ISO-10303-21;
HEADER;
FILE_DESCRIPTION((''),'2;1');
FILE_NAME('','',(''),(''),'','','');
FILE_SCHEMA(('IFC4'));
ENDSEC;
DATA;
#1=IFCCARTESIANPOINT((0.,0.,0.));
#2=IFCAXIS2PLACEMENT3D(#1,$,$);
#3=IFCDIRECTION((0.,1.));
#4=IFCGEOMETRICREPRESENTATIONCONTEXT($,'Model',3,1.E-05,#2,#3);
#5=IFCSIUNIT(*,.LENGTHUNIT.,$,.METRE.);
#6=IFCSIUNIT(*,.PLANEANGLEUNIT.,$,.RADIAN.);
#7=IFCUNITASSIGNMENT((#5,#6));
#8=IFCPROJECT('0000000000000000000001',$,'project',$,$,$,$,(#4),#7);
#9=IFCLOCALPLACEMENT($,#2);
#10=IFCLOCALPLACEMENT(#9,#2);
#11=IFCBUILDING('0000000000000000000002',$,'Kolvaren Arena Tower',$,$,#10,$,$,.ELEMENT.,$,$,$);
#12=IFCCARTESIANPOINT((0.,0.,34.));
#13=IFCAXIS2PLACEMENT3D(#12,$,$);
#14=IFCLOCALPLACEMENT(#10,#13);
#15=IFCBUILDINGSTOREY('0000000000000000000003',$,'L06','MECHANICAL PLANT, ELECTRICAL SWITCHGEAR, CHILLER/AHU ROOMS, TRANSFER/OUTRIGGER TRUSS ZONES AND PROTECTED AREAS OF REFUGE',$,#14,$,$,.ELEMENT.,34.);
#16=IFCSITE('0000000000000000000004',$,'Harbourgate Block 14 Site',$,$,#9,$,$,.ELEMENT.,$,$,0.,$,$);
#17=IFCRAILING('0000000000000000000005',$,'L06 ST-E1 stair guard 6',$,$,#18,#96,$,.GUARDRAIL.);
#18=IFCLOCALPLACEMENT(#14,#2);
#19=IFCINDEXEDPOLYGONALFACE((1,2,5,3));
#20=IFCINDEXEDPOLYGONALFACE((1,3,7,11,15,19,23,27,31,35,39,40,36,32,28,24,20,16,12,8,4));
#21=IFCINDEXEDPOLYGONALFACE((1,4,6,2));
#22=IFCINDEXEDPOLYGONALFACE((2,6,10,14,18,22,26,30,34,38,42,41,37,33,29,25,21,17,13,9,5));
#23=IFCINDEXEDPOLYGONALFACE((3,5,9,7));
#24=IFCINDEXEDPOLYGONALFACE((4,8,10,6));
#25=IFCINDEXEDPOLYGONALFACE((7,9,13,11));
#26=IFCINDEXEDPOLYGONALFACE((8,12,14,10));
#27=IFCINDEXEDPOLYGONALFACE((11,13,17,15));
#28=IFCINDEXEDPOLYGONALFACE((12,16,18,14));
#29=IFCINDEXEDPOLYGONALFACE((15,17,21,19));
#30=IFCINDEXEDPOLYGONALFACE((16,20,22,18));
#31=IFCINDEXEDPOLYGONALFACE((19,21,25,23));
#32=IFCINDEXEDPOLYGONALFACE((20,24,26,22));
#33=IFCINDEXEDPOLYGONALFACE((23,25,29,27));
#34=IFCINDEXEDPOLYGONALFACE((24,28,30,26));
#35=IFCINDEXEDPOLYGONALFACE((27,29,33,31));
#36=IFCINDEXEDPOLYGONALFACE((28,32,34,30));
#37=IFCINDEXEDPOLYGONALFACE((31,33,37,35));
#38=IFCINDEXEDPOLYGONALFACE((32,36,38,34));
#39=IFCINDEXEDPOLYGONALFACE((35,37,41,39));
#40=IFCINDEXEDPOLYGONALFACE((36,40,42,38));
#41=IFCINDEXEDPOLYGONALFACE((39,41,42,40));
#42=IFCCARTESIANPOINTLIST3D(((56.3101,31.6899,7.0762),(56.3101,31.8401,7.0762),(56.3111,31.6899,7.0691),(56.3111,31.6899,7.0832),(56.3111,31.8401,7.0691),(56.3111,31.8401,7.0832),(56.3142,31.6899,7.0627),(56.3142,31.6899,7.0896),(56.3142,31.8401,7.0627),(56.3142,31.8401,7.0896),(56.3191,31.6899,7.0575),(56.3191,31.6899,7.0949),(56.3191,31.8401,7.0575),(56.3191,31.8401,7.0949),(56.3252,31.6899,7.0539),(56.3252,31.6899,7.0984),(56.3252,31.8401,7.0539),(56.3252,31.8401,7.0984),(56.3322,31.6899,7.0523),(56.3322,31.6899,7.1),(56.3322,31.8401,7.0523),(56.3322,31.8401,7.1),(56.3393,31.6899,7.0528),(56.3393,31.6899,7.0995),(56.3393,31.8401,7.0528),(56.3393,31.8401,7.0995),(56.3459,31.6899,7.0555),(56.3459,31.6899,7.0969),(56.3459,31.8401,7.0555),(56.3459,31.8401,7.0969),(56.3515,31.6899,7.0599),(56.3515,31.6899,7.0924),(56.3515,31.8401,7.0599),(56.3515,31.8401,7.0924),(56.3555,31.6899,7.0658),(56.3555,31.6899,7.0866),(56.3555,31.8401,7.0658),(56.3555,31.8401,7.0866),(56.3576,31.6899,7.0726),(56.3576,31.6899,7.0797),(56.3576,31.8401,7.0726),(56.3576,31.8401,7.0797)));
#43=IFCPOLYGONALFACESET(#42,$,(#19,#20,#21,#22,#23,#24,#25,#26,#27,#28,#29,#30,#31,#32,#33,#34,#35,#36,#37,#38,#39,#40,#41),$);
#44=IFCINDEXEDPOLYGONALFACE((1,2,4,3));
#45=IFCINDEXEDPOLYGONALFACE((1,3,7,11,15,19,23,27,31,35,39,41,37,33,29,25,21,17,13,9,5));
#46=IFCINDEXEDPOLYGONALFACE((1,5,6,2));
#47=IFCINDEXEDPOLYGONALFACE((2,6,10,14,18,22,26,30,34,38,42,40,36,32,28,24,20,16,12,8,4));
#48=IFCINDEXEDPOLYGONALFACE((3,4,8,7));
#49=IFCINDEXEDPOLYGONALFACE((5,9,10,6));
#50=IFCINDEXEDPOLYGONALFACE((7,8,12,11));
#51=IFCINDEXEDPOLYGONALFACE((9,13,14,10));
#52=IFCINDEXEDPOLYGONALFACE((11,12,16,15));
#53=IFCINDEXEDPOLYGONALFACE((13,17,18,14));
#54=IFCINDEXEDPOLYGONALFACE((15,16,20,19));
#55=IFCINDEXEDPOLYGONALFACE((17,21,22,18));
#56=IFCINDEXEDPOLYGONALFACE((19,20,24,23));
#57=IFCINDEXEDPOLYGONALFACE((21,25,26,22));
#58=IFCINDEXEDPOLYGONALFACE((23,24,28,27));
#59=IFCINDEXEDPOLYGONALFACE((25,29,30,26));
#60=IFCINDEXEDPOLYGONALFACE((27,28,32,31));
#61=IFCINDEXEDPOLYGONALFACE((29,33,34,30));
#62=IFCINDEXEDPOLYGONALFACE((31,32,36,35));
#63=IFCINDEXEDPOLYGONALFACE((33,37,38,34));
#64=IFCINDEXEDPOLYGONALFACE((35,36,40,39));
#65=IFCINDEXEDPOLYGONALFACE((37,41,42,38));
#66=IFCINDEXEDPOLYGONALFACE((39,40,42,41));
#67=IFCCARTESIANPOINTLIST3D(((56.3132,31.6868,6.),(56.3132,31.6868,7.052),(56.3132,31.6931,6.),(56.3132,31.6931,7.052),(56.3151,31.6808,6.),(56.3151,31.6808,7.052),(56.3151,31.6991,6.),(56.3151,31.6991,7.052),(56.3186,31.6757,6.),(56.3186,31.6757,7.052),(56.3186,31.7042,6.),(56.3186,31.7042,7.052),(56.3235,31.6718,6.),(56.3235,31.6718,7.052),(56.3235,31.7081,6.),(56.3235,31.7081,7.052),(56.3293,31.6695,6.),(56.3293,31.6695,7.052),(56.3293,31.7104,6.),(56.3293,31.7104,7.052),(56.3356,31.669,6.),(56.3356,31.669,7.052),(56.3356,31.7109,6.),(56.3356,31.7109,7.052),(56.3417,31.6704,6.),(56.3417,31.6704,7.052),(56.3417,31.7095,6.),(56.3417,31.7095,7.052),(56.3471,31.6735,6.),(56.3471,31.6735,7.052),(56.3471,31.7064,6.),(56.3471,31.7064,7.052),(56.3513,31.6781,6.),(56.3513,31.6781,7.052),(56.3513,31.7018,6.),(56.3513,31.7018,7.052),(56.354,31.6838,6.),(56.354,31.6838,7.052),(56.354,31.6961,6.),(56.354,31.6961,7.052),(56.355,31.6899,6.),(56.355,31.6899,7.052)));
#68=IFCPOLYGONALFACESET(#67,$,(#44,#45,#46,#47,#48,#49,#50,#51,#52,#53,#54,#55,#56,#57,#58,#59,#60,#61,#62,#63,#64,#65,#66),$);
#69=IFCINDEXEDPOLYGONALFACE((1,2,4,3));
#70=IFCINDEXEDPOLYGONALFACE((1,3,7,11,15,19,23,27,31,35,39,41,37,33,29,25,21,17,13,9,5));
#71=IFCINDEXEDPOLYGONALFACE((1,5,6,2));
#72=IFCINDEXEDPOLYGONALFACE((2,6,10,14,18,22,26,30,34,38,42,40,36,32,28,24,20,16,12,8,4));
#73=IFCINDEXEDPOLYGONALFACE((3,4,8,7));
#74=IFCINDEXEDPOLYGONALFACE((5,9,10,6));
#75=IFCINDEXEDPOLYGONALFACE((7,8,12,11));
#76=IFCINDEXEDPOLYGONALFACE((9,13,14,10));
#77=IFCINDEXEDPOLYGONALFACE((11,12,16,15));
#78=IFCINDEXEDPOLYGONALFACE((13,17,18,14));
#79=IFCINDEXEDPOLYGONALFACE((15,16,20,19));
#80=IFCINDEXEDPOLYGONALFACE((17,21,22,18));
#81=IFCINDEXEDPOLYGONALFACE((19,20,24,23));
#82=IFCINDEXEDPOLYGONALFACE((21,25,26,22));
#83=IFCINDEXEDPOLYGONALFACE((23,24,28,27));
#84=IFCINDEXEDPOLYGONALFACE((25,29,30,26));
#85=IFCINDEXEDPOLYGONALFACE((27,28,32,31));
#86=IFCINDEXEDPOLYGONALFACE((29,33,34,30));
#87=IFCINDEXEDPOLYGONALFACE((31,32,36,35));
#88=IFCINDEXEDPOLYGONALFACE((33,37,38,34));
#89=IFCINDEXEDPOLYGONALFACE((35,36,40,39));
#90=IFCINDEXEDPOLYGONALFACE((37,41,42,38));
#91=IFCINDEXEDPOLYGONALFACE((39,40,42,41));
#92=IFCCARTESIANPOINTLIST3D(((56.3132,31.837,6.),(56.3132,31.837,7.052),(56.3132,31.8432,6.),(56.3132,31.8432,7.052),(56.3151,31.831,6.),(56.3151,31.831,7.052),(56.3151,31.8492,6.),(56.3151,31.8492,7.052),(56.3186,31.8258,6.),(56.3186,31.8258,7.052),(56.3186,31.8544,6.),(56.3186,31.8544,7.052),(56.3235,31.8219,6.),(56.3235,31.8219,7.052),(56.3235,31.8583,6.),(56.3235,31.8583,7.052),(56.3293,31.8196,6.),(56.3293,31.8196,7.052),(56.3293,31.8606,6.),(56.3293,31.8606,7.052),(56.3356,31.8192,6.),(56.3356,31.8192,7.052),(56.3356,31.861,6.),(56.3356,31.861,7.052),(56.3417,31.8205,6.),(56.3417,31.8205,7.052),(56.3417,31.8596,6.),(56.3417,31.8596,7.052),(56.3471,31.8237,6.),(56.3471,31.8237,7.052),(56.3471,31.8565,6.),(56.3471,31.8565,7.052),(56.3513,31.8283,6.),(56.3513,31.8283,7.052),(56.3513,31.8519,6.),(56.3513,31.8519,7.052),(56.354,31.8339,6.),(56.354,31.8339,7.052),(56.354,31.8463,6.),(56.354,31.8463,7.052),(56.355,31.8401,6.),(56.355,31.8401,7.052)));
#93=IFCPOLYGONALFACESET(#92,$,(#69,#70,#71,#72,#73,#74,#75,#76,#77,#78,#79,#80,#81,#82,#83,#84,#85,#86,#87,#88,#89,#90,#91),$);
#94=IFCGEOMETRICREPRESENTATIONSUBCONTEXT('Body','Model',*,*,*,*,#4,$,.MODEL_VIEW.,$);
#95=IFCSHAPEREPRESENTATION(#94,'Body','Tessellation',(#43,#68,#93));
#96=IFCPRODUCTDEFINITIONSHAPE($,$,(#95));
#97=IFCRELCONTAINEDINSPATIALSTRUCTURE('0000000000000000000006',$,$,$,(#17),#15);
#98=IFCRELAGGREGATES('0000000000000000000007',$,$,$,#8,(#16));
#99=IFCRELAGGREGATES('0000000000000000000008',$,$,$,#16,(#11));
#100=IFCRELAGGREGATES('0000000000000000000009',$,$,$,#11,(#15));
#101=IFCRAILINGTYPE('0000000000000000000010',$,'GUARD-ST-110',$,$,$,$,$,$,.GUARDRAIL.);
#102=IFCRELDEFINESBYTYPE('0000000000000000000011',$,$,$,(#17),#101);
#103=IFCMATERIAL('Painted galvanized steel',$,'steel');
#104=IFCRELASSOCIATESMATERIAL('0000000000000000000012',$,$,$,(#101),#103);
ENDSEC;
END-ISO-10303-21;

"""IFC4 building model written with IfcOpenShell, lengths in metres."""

from ifc_helpers import new_model, si_unit, direction, frame, origin, origin_2d, place, context, subcontext, project, spatial, circle, extrude, material, type_object, element, save


model = new_model("IFC4")

# Units and contexts
model_context = context("Model", 3, precision=1e-05, world=origin(), true_north=direction((0.0, 1.0)))
body_context = subcontext(model_context, "Body", "Model", "MODEL_VIEW")
ifc_project = project(units=[si_unit("LENGTHUNIT", "METRE"), si_unit("PLANEANGLEUNIT", "RADIAN")], contexts=[model_context])

# Site, building, storey
site_placement = place(None, origin())
site = spatial("IfcSite", under=ifc_project, at=site_placement, Name="Harbourgate Block 14 Site", CompositionType="ELEMENT", RefElevation=0.0)
building_placement = place(site_placement, origin())
building = spatial("IfcBuilding", under=site, at=building_placement, Name="Kolvaren Arena Tower", CompositionType="ELEMENT")
storey_placement = place(building_placement, frame((0.0, 0.0, 34.0)))
storey = spatial("IfcBuildingStorey", under=building, at=storey_placement, Name="L06", Description="MECHANICAL PLANT, ELECTRICAL SWITCHGEAR, CHILLER/AHU ROOMS, TRANSFER/OUTRIGGER TRUSS ZONES AND PROTECTED AREAS OF REFUGE", CompositionType="ELEMENT", Elevation=34.0)

# Railing
ifc_material_1 = material(Name="Painted galvanized steel", Category="steel")
railing_type_1 = type_object("IfcRailingType", Name="GUARD-ST-110", PredefinedType="GUARDRAIL", material=ifc_material_1)
railing_1_placement = place(storey_placement, frame((56.334, 31.6899, 6.0)))
element("IfcRailing", 1, at=railing_1_placement, inside=storey, type_object=railing_type_1, Name="L06 ST-E1 stair guard 6", PredefinedType="GUARDRAIL", context=body_context, shape_type="SweptSolid", body=[
    extrude(circle(Radius=0.0239, at=origin_2d()), frame((0.0, 0.0, 1.0762), z_axis=(0.0, 1.0, 0.0), x_axis=(-1.0, 0.0, 0.0)), (0.0, 0.0, 1.0), 0.1501),
    extrude(circle(Radius=0.021, at=origin_2d()), origin(), (0.0, 0.0, 1.0), 1.052),
    extrude(circle(Radius=0.021, at=origin_2d()), frame((0.0, 0.1501, 0.0)), (0.0, 0.0, 1.0), 1.052),
])

save(model, "model.ifc")
